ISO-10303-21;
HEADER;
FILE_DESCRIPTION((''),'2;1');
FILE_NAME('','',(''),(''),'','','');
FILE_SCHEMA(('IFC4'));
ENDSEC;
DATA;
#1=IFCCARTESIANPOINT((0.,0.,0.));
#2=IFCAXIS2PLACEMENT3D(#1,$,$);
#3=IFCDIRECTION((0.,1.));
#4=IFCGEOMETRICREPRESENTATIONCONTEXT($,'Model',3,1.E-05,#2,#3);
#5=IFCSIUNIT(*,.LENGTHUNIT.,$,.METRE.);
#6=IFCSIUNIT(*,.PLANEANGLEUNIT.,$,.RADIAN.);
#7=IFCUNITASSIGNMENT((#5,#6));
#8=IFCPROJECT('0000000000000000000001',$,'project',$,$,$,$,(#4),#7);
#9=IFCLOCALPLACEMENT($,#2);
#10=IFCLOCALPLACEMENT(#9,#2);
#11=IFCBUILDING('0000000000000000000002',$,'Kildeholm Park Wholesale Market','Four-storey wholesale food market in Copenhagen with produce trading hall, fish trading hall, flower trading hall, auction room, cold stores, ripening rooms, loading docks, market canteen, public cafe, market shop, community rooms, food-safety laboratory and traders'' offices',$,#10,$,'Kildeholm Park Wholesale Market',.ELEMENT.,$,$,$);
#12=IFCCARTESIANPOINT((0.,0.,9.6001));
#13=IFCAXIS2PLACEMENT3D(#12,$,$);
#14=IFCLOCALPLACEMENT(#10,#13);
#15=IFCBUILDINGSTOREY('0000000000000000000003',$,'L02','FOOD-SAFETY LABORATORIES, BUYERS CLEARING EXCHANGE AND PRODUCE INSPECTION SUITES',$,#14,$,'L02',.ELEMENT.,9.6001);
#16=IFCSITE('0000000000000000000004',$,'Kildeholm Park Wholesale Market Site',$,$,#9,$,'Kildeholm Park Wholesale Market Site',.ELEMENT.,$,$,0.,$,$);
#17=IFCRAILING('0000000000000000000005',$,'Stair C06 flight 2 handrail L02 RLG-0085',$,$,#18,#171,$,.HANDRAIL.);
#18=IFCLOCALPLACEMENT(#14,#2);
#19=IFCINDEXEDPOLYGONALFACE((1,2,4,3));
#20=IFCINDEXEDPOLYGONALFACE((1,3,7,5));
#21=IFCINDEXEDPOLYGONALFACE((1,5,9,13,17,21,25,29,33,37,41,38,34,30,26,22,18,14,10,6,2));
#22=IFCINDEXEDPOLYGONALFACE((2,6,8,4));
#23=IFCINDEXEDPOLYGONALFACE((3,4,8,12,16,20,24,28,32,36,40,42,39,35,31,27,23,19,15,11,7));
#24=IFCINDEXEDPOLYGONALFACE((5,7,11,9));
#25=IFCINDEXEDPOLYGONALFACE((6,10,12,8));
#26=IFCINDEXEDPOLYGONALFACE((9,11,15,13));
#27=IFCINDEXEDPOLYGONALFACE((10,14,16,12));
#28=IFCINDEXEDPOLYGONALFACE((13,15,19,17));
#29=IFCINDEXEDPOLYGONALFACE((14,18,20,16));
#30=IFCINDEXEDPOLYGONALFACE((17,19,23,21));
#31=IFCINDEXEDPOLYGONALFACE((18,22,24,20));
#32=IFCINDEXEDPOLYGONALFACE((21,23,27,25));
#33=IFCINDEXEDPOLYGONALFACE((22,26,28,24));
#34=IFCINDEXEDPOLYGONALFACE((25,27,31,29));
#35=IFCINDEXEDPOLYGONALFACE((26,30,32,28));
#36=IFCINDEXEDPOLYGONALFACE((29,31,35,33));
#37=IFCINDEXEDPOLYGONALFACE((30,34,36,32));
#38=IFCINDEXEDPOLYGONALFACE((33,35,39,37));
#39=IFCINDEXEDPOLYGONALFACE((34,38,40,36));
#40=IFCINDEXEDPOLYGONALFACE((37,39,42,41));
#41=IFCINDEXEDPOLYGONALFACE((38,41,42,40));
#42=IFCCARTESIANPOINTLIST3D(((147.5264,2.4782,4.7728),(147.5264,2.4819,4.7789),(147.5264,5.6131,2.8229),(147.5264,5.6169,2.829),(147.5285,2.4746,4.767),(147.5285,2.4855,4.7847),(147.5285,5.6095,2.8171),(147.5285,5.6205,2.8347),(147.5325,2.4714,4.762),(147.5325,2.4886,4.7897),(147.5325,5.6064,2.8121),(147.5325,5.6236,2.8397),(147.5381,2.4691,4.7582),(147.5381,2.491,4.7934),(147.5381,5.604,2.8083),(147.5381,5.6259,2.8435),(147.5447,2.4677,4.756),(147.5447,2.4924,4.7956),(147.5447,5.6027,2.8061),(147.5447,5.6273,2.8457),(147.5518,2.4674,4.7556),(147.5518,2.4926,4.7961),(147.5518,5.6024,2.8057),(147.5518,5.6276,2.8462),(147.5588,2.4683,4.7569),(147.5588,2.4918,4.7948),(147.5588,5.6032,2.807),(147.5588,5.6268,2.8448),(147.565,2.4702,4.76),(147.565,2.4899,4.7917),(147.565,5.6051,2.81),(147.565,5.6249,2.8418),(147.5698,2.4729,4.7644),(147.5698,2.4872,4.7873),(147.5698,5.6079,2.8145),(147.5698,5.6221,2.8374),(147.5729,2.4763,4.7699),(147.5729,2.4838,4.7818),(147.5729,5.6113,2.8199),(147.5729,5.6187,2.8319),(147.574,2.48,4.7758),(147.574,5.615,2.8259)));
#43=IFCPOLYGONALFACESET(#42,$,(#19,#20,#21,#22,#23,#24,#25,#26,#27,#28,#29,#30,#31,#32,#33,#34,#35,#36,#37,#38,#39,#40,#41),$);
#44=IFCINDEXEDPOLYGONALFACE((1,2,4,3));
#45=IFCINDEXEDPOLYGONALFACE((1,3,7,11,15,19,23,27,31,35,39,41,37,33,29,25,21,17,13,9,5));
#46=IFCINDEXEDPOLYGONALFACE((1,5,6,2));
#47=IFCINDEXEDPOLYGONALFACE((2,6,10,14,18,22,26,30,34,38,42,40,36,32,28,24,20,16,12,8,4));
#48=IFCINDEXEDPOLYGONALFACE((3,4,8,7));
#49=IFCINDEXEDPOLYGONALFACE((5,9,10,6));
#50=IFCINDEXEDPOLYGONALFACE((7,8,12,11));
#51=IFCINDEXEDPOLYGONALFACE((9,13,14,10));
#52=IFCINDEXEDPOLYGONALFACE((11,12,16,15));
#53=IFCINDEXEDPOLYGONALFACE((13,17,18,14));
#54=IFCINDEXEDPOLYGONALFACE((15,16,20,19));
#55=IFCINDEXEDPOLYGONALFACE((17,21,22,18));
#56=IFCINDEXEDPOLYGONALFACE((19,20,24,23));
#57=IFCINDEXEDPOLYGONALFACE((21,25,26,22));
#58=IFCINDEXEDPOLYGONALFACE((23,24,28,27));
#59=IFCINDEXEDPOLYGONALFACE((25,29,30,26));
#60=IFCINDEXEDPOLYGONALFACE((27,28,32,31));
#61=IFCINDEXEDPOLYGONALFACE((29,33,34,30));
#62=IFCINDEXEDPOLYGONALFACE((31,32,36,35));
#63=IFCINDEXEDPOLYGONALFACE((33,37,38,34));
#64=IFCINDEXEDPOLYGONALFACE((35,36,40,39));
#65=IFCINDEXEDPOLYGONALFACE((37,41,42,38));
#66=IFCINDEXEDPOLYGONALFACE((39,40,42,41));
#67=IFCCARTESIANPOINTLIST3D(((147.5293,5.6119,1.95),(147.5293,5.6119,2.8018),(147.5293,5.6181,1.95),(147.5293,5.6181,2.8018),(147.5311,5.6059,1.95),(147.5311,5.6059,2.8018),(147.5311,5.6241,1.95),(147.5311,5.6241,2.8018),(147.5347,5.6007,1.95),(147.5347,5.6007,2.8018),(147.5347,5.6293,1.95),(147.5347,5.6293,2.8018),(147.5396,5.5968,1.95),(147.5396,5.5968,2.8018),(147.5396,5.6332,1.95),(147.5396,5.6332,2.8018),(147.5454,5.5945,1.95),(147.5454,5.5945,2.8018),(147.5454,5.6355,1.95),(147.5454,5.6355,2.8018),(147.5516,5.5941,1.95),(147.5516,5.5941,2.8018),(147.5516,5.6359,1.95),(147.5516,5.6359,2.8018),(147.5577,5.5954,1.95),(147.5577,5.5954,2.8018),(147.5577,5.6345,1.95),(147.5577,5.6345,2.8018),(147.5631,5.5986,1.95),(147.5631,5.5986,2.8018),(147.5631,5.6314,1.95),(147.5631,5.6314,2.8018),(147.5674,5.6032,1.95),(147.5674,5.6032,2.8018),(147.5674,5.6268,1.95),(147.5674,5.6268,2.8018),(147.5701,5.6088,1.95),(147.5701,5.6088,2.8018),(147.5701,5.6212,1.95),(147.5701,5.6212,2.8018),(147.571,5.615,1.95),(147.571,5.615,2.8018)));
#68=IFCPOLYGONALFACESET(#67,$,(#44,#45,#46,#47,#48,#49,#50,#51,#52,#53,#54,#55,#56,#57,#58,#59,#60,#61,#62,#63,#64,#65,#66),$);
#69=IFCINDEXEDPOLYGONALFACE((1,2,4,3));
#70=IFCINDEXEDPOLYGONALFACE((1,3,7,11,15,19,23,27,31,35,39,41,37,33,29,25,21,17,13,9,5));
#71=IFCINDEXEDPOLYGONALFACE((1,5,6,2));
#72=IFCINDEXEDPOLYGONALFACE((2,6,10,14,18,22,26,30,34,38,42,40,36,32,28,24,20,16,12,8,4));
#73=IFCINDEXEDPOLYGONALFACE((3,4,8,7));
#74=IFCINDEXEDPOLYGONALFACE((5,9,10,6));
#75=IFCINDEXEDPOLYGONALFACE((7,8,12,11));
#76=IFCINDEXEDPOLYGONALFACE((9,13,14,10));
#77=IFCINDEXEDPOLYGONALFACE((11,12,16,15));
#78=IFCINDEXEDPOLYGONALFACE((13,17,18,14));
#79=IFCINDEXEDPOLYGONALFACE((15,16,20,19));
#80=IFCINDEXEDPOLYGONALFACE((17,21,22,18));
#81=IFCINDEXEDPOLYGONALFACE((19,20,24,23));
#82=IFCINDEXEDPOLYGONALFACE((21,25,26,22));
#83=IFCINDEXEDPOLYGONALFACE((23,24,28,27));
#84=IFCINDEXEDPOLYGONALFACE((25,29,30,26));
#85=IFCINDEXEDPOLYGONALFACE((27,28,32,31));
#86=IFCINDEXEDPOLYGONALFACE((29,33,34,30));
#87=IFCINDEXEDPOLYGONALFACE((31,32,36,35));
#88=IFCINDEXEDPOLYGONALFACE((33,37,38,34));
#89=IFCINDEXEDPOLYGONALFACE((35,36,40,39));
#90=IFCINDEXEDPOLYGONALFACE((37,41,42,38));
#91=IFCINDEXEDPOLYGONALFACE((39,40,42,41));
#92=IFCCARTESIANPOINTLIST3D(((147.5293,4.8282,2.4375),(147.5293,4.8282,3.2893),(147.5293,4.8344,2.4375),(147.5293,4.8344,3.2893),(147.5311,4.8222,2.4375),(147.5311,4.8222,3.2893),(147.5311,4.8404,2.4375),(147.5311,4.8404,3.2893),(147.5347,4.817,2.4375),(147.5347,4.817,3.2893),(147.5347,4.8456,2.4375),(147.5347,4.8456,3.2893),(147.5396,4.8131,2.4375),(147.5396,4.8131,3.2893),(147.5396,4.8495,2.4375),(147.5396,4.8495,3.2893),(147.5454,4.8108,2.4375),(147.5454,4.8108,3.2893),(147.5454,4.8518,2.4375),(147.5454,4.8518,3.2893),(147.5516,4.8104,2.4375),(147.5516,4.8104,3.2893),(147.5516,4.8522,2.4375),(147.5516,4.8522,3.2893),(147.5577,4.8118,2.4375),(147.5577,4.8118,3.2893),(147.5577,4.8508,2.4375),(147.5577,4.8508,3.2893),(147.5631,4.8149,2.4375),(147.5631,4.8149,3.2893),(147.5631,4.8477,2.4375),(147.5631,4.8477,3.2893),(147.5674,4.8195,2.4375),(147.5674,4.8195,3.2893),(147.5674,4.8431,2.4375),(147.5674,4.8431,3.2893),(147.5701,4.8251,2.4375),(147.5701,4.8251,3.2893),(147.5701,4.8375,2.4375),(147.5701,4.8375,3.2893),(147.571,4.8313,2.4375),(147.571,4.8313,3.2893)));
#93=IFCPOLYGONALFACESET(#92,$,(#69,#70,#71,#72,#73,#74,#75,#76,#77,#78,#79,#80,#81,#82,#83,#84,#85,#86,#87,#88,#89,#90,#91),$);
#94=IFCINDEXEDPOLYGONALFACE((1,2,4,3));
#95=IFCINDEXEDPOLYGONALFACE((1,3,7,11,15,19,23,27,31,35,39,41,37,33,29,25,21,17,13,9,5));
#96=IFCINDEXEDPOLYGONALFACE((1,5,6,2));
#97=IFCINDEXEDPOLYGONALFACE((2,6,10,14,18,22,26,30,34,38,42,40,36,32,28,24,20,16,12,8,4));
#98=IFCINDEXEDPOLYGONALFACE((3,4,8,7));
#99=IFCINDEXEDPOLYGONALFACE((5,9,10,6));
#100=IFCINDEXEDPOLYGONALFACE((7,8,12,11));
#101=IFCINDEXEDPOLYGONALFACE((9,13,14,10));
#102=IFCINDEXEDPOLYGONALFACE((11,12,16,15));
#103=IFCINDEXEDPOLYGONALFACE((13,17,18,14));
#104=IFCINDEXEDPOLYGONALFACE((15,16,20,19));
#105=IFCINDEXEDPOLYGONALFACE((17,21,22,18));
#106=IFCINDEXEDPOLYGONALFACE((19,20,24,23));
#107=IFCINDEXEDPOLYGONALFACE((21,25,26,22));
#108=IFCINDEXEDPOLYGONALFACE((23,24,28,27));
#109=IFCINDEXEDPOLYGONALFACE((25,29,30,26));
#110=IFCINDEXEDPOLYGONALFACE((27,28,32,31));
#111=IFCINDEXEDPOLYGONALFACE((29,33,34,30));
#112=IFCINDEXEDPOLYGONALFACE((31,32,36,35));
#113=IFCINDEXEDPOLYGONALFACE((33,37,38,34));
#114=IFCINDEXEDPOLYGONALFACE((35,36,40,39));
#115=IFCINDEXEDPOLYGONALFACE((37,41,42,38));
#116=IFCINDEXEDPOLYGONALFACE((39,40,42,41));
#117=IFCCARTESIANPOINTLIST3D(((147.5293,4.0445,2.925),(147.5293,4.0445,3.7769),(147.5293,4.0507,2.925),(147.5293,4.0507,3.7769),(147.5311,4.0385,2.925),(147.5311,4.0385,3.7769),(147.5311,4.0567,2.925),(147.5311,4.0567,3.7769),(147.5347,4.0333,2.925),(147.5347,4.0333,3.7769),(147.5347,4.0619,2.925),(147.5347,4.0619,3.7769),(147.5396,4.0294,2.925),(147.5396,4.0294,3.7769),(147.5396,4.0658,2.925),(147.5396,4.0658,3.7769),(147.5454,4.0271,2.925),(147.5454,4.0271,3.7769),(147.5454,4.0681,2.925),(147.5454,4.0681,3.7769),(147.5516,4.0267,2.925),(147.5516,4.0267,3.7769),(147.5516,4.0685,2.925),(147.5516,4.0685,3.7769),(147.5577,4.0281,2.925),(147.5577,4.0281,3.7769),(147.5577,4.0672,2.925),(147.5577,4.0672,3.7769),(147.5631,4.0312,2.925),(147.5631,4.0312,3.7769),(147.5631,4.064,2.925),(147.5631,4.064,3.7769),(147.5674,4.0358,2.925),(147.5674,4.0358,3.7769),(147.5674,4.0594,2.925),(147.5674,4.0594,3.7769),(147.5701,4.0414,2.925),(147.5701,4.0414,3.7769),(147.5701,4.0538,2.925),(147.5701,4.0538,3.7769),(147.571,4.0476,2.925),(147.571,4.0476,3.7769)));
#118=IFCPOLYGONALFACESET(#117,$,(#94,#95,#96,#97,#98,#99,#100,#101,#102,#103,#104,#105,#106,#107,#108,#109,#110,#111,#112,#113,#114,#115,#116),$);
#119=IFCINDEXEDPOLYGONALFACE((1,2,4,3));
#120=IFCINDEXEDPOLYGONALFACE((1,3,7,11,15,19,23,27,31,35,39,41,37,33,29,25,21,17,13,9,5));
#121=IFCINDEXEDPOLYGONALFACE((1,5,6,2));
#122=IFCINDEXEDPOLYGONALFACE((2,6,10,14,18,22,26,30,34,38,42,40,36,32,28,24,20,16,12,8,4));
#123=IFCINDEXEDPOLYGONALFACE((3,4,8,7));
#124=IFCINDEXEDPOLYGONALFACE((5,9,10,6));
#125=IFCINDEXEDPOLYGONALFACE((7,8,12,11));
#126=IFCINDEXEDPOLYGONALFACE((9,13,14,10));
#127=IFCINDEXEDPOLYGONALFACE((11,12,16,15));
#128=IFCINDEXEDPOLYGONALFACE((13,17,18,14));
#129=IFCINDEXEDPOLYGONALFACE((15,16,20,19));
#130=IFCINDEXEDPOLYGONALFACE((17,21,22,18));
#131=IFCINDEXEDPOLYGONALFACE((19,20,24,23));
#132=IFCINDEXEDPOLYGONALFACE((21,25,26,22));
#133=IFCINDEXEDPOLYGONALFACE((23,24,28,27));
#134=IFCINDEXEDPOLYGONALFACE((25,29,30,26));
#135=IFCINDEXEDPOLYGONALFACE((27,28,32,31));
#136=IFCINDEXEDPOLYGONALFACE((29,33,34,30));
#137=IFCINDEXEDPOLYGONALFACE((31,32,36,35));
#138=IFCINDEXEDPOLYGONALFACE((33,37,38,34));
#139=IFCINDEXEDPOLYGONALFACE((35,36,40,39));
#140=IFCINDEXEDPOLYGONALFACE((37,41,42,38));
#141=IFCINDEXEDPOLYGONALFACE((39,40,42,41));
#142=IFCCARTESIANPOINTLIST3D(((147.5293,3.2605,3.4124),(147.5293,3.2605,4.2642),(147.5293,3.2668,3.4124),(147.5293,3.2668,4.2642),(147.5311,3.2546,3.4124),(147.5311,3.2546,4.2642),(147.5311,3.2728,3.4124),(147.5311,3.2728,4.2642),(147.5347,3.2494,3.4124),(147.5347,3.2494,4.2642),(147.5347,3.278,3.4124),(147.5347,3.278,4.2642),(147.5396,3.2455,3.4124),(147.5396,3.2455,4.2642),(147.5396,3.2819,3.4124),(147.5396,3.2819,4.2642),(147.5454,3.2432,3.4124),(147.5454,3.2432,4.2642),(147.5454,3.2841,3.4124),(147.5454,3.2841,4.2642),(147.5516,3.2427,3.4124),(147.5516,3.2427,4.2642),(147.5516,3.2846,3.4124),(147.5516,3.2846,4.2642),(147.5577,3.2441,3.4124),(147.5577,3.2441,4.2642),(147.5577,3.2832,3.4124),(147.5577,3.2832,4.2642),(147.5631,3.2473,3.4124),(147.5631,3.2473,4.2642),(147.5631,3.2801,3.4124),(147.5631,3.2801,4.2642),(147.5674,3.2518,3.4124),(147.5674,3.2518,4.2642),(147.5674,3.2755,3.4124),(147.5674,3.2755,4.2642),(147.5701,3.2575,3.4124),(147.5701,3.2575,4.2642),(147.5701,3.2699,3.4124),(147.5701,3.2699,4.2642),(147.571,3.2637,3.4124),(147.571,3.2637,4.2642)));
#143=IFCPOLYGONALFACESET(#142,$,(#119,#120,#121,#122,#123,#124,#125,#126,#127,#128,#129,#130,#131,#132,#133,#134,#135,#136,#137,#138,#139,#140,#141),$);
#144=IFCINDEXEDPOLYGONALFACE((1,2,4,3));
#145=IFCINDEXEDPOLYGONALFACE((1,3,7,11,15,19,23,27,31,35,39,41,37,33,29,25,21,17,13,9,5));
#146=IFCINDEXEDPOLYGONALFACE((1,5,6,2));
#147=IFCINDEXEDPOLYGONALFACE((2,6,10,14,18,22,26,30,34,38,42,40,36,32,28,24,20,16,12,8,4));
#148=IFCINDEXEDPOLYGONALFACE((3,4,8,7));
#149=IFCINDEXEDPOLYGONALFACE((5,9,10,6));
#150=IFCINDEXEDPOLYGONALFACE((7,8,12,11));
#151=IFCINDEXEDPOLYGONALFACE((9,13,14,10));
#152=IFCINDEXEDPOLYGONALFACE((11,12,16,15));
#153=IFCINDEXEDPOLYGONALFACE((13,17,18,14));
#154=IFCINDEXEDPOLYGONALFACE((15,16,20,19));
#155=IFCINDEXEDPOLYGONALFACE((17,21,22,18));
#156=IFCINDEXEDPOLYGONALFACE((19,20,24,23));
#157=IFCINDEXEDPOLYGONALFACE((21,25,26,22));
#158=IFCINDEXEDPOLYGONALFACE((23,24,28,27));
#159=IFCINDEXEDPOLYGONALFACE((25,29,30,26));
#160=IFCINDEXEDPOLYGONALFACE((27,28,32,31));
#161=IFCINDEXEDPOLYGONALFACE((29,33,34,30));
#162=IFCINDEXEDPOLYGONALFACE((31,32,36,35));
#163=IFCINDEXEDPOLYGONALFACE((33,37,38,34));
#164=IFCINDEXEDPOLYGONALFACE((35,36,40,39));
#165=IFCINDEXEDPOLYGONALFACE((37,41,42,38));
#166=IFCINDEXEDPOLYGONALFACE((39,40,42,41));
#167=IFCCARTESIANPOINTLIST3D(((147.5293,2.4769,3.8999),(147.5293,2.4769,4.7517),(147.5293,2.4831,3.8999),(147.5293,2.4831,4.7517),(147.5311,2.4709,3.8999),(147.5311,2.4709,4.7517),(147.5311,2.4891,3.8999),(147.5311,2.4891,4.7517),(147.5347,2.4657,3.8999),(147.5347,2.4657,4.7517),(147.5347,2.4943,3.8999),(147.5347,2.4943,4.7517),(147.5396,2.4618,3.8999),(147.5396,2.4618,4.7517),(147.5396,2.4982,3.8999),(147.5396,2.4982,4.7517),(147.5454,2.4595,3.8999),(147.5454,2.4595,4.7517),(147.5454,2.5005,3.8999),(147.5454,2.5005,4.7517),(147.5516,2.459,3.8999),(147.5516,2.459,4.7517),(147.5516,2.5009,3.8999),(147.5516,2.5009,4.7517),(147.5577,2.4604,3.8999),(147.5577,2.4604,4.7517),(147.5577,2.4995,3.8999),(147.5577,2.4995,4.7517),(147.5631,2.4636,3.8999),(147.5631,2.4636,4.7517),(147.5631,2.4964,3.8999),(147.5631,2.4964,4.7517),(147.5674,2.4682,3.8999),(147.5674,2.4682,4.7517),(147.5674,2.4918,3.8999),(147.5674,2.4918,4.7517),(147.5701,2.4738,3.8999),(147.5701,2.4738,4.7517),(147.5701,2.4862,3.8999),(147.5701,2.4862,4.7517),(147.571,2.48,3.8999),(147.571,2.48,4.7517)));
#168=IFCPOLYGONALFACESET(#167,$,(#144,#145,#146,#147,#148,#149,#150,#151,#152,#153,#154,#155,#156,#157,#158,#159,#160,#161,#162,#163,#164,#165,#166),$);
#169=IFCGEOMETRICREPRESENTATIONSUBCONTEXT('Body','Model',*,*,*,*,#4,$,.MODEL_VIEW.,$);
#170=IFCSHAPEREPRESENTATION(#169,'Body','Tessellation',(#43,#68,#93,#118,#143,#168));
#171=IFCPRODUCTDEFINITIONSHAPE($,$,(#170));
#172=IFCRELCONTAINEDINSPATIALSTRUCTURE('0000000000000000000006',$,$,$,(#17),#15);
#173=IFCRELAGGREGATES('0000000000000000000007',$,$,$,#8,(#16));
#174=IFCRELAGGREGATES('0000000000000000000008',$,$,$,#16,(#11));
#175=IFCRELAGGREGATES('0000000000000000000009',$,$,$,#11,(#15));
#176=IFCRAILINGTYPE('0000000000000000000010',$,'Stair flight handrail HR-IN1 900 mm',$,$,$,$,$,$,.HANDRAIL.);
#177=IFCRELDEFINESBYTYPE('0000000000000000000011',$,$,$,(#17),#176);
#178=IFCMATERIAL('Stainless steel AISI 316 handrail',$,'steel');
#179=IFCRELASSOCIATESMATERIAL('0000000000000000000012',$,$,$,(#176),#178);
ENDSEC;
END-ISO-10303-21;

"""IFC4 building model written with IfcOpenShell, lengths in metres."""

from ifc_helpers import new_model, si_unit, direction, frame, origin, origin_2d, place, context, subcontext, project, spatial, circle, extrude, material, type_object, element, save


model = new_model("IFC4")

# Units and contexts
model_context = context("Model", 3, precision=1e-05, world=origin(), true_north=direction((0.0, 1.0)))
body_context = subcontext(model_context, "Body", "Model", "MODEL_VIEW")
ifc_project = project(units=[si_unit("LENGTHUNIT", "METRE"), si_unit("PLANEANGLEUNIT", "RADIAN")], contexts=[model_context])

# Site, building, storey
site_placement = place(None, origin())
site = spatial("IfcSite", under=ifc_project, at=site_placement, Name="Kildeholm Park Wholesale Market Site", LongName="Kildeholm Park Wholesale Market Site", CompositionType="ELEMENT", RefElevation=0.0)
building_placement = place(site_placement, origin())
building = spatial("IfcBuilding", under=site, at=building_placement, Name="Kildeholm Park Wholesale Market", Description="Four-storey wholesale food market in Copenhagen with produce trading hall, fish trading hall, flower trading hall, auction room, cold stores, ripening rooms, loading docks, market canteen, public cafe, market shop, community rooms, food-safety laboratory and traders' offices", LongName="Kildeholm Park Wholesale Market", CompositionType="ELEMENT")
storey_placement = place(building_placement, frame((0.0, 0.0, 9.6001)))
storey = spatial("IfcBuildingStorey", under=building, at=storey_placement, Name="L02", Description="FOOD-SAFETY LABORATORIES, BUYERS CLEARING EXCHANGE AND PRODUCE INSPECTION SUITES", LongName="L02", CompositionType="ELEMENT", Elevation=9.6001)

# Railing
ifc_material_1 = material(Name="Stainless steel AISI 316 handrail", Category="steel")
railing_type_1 = type_object("IfcRailingType", Name="Stair flight handrail HR-IN1 900 mm", PredefinedType="HANDRAIL", material=ifc_material_1)
railing_1_placement = place(storey_placement, frame((147.55, 5.615, 1.95)))
element("IfcRailing", 1, at=railing_1_placement, inside=storey, type_object=railing_type_1, Name="Stair C06 flight 2 handrail L02 RLG-0085", PredefinedType="HANDRAIL", context=body_context, shape_type="SweptSolid", body=[
    extrude(circle(Radius=0.0239, at=origin_2d()), frame((0.0, 0.0, 0.876), z_axis=(0.0, -0.849144, 0.528161), x_axis=(1.0, 0.0, 0.0)), (0.0, 0.0, 1.0), 3.6919),
    extrude(circle(Radius=0.021, at=origin_2d()), origin(), (0.0, 0.0, 1.0), 0.8518),
    extrude(circle(Radius=0.021, at=origin_2d()), frame((0.0, -0.7837, 0.4875)), (0.0, 0.0, 1.0), 0.8518),
    extrude(circle(Radius=0.021, at=origin_2d()), frame((0.0, -1.5674, 0.9751)), (0.0, 0.0, 1.0), 0.8518),
    extrude(circle(Radius=0.021, at=origin_2d()), frame((0.0, -2.3513, 1.4624)), (0.0, 0.0, 1.0), 0.8518),
    extrude(circle(Radius=0.021, at=origin_2d()), frame((0.0, -3.135, 1.95)), (0.0, 0.0, 1.0), 0.8518),
])

save(model, "model.ifc")
